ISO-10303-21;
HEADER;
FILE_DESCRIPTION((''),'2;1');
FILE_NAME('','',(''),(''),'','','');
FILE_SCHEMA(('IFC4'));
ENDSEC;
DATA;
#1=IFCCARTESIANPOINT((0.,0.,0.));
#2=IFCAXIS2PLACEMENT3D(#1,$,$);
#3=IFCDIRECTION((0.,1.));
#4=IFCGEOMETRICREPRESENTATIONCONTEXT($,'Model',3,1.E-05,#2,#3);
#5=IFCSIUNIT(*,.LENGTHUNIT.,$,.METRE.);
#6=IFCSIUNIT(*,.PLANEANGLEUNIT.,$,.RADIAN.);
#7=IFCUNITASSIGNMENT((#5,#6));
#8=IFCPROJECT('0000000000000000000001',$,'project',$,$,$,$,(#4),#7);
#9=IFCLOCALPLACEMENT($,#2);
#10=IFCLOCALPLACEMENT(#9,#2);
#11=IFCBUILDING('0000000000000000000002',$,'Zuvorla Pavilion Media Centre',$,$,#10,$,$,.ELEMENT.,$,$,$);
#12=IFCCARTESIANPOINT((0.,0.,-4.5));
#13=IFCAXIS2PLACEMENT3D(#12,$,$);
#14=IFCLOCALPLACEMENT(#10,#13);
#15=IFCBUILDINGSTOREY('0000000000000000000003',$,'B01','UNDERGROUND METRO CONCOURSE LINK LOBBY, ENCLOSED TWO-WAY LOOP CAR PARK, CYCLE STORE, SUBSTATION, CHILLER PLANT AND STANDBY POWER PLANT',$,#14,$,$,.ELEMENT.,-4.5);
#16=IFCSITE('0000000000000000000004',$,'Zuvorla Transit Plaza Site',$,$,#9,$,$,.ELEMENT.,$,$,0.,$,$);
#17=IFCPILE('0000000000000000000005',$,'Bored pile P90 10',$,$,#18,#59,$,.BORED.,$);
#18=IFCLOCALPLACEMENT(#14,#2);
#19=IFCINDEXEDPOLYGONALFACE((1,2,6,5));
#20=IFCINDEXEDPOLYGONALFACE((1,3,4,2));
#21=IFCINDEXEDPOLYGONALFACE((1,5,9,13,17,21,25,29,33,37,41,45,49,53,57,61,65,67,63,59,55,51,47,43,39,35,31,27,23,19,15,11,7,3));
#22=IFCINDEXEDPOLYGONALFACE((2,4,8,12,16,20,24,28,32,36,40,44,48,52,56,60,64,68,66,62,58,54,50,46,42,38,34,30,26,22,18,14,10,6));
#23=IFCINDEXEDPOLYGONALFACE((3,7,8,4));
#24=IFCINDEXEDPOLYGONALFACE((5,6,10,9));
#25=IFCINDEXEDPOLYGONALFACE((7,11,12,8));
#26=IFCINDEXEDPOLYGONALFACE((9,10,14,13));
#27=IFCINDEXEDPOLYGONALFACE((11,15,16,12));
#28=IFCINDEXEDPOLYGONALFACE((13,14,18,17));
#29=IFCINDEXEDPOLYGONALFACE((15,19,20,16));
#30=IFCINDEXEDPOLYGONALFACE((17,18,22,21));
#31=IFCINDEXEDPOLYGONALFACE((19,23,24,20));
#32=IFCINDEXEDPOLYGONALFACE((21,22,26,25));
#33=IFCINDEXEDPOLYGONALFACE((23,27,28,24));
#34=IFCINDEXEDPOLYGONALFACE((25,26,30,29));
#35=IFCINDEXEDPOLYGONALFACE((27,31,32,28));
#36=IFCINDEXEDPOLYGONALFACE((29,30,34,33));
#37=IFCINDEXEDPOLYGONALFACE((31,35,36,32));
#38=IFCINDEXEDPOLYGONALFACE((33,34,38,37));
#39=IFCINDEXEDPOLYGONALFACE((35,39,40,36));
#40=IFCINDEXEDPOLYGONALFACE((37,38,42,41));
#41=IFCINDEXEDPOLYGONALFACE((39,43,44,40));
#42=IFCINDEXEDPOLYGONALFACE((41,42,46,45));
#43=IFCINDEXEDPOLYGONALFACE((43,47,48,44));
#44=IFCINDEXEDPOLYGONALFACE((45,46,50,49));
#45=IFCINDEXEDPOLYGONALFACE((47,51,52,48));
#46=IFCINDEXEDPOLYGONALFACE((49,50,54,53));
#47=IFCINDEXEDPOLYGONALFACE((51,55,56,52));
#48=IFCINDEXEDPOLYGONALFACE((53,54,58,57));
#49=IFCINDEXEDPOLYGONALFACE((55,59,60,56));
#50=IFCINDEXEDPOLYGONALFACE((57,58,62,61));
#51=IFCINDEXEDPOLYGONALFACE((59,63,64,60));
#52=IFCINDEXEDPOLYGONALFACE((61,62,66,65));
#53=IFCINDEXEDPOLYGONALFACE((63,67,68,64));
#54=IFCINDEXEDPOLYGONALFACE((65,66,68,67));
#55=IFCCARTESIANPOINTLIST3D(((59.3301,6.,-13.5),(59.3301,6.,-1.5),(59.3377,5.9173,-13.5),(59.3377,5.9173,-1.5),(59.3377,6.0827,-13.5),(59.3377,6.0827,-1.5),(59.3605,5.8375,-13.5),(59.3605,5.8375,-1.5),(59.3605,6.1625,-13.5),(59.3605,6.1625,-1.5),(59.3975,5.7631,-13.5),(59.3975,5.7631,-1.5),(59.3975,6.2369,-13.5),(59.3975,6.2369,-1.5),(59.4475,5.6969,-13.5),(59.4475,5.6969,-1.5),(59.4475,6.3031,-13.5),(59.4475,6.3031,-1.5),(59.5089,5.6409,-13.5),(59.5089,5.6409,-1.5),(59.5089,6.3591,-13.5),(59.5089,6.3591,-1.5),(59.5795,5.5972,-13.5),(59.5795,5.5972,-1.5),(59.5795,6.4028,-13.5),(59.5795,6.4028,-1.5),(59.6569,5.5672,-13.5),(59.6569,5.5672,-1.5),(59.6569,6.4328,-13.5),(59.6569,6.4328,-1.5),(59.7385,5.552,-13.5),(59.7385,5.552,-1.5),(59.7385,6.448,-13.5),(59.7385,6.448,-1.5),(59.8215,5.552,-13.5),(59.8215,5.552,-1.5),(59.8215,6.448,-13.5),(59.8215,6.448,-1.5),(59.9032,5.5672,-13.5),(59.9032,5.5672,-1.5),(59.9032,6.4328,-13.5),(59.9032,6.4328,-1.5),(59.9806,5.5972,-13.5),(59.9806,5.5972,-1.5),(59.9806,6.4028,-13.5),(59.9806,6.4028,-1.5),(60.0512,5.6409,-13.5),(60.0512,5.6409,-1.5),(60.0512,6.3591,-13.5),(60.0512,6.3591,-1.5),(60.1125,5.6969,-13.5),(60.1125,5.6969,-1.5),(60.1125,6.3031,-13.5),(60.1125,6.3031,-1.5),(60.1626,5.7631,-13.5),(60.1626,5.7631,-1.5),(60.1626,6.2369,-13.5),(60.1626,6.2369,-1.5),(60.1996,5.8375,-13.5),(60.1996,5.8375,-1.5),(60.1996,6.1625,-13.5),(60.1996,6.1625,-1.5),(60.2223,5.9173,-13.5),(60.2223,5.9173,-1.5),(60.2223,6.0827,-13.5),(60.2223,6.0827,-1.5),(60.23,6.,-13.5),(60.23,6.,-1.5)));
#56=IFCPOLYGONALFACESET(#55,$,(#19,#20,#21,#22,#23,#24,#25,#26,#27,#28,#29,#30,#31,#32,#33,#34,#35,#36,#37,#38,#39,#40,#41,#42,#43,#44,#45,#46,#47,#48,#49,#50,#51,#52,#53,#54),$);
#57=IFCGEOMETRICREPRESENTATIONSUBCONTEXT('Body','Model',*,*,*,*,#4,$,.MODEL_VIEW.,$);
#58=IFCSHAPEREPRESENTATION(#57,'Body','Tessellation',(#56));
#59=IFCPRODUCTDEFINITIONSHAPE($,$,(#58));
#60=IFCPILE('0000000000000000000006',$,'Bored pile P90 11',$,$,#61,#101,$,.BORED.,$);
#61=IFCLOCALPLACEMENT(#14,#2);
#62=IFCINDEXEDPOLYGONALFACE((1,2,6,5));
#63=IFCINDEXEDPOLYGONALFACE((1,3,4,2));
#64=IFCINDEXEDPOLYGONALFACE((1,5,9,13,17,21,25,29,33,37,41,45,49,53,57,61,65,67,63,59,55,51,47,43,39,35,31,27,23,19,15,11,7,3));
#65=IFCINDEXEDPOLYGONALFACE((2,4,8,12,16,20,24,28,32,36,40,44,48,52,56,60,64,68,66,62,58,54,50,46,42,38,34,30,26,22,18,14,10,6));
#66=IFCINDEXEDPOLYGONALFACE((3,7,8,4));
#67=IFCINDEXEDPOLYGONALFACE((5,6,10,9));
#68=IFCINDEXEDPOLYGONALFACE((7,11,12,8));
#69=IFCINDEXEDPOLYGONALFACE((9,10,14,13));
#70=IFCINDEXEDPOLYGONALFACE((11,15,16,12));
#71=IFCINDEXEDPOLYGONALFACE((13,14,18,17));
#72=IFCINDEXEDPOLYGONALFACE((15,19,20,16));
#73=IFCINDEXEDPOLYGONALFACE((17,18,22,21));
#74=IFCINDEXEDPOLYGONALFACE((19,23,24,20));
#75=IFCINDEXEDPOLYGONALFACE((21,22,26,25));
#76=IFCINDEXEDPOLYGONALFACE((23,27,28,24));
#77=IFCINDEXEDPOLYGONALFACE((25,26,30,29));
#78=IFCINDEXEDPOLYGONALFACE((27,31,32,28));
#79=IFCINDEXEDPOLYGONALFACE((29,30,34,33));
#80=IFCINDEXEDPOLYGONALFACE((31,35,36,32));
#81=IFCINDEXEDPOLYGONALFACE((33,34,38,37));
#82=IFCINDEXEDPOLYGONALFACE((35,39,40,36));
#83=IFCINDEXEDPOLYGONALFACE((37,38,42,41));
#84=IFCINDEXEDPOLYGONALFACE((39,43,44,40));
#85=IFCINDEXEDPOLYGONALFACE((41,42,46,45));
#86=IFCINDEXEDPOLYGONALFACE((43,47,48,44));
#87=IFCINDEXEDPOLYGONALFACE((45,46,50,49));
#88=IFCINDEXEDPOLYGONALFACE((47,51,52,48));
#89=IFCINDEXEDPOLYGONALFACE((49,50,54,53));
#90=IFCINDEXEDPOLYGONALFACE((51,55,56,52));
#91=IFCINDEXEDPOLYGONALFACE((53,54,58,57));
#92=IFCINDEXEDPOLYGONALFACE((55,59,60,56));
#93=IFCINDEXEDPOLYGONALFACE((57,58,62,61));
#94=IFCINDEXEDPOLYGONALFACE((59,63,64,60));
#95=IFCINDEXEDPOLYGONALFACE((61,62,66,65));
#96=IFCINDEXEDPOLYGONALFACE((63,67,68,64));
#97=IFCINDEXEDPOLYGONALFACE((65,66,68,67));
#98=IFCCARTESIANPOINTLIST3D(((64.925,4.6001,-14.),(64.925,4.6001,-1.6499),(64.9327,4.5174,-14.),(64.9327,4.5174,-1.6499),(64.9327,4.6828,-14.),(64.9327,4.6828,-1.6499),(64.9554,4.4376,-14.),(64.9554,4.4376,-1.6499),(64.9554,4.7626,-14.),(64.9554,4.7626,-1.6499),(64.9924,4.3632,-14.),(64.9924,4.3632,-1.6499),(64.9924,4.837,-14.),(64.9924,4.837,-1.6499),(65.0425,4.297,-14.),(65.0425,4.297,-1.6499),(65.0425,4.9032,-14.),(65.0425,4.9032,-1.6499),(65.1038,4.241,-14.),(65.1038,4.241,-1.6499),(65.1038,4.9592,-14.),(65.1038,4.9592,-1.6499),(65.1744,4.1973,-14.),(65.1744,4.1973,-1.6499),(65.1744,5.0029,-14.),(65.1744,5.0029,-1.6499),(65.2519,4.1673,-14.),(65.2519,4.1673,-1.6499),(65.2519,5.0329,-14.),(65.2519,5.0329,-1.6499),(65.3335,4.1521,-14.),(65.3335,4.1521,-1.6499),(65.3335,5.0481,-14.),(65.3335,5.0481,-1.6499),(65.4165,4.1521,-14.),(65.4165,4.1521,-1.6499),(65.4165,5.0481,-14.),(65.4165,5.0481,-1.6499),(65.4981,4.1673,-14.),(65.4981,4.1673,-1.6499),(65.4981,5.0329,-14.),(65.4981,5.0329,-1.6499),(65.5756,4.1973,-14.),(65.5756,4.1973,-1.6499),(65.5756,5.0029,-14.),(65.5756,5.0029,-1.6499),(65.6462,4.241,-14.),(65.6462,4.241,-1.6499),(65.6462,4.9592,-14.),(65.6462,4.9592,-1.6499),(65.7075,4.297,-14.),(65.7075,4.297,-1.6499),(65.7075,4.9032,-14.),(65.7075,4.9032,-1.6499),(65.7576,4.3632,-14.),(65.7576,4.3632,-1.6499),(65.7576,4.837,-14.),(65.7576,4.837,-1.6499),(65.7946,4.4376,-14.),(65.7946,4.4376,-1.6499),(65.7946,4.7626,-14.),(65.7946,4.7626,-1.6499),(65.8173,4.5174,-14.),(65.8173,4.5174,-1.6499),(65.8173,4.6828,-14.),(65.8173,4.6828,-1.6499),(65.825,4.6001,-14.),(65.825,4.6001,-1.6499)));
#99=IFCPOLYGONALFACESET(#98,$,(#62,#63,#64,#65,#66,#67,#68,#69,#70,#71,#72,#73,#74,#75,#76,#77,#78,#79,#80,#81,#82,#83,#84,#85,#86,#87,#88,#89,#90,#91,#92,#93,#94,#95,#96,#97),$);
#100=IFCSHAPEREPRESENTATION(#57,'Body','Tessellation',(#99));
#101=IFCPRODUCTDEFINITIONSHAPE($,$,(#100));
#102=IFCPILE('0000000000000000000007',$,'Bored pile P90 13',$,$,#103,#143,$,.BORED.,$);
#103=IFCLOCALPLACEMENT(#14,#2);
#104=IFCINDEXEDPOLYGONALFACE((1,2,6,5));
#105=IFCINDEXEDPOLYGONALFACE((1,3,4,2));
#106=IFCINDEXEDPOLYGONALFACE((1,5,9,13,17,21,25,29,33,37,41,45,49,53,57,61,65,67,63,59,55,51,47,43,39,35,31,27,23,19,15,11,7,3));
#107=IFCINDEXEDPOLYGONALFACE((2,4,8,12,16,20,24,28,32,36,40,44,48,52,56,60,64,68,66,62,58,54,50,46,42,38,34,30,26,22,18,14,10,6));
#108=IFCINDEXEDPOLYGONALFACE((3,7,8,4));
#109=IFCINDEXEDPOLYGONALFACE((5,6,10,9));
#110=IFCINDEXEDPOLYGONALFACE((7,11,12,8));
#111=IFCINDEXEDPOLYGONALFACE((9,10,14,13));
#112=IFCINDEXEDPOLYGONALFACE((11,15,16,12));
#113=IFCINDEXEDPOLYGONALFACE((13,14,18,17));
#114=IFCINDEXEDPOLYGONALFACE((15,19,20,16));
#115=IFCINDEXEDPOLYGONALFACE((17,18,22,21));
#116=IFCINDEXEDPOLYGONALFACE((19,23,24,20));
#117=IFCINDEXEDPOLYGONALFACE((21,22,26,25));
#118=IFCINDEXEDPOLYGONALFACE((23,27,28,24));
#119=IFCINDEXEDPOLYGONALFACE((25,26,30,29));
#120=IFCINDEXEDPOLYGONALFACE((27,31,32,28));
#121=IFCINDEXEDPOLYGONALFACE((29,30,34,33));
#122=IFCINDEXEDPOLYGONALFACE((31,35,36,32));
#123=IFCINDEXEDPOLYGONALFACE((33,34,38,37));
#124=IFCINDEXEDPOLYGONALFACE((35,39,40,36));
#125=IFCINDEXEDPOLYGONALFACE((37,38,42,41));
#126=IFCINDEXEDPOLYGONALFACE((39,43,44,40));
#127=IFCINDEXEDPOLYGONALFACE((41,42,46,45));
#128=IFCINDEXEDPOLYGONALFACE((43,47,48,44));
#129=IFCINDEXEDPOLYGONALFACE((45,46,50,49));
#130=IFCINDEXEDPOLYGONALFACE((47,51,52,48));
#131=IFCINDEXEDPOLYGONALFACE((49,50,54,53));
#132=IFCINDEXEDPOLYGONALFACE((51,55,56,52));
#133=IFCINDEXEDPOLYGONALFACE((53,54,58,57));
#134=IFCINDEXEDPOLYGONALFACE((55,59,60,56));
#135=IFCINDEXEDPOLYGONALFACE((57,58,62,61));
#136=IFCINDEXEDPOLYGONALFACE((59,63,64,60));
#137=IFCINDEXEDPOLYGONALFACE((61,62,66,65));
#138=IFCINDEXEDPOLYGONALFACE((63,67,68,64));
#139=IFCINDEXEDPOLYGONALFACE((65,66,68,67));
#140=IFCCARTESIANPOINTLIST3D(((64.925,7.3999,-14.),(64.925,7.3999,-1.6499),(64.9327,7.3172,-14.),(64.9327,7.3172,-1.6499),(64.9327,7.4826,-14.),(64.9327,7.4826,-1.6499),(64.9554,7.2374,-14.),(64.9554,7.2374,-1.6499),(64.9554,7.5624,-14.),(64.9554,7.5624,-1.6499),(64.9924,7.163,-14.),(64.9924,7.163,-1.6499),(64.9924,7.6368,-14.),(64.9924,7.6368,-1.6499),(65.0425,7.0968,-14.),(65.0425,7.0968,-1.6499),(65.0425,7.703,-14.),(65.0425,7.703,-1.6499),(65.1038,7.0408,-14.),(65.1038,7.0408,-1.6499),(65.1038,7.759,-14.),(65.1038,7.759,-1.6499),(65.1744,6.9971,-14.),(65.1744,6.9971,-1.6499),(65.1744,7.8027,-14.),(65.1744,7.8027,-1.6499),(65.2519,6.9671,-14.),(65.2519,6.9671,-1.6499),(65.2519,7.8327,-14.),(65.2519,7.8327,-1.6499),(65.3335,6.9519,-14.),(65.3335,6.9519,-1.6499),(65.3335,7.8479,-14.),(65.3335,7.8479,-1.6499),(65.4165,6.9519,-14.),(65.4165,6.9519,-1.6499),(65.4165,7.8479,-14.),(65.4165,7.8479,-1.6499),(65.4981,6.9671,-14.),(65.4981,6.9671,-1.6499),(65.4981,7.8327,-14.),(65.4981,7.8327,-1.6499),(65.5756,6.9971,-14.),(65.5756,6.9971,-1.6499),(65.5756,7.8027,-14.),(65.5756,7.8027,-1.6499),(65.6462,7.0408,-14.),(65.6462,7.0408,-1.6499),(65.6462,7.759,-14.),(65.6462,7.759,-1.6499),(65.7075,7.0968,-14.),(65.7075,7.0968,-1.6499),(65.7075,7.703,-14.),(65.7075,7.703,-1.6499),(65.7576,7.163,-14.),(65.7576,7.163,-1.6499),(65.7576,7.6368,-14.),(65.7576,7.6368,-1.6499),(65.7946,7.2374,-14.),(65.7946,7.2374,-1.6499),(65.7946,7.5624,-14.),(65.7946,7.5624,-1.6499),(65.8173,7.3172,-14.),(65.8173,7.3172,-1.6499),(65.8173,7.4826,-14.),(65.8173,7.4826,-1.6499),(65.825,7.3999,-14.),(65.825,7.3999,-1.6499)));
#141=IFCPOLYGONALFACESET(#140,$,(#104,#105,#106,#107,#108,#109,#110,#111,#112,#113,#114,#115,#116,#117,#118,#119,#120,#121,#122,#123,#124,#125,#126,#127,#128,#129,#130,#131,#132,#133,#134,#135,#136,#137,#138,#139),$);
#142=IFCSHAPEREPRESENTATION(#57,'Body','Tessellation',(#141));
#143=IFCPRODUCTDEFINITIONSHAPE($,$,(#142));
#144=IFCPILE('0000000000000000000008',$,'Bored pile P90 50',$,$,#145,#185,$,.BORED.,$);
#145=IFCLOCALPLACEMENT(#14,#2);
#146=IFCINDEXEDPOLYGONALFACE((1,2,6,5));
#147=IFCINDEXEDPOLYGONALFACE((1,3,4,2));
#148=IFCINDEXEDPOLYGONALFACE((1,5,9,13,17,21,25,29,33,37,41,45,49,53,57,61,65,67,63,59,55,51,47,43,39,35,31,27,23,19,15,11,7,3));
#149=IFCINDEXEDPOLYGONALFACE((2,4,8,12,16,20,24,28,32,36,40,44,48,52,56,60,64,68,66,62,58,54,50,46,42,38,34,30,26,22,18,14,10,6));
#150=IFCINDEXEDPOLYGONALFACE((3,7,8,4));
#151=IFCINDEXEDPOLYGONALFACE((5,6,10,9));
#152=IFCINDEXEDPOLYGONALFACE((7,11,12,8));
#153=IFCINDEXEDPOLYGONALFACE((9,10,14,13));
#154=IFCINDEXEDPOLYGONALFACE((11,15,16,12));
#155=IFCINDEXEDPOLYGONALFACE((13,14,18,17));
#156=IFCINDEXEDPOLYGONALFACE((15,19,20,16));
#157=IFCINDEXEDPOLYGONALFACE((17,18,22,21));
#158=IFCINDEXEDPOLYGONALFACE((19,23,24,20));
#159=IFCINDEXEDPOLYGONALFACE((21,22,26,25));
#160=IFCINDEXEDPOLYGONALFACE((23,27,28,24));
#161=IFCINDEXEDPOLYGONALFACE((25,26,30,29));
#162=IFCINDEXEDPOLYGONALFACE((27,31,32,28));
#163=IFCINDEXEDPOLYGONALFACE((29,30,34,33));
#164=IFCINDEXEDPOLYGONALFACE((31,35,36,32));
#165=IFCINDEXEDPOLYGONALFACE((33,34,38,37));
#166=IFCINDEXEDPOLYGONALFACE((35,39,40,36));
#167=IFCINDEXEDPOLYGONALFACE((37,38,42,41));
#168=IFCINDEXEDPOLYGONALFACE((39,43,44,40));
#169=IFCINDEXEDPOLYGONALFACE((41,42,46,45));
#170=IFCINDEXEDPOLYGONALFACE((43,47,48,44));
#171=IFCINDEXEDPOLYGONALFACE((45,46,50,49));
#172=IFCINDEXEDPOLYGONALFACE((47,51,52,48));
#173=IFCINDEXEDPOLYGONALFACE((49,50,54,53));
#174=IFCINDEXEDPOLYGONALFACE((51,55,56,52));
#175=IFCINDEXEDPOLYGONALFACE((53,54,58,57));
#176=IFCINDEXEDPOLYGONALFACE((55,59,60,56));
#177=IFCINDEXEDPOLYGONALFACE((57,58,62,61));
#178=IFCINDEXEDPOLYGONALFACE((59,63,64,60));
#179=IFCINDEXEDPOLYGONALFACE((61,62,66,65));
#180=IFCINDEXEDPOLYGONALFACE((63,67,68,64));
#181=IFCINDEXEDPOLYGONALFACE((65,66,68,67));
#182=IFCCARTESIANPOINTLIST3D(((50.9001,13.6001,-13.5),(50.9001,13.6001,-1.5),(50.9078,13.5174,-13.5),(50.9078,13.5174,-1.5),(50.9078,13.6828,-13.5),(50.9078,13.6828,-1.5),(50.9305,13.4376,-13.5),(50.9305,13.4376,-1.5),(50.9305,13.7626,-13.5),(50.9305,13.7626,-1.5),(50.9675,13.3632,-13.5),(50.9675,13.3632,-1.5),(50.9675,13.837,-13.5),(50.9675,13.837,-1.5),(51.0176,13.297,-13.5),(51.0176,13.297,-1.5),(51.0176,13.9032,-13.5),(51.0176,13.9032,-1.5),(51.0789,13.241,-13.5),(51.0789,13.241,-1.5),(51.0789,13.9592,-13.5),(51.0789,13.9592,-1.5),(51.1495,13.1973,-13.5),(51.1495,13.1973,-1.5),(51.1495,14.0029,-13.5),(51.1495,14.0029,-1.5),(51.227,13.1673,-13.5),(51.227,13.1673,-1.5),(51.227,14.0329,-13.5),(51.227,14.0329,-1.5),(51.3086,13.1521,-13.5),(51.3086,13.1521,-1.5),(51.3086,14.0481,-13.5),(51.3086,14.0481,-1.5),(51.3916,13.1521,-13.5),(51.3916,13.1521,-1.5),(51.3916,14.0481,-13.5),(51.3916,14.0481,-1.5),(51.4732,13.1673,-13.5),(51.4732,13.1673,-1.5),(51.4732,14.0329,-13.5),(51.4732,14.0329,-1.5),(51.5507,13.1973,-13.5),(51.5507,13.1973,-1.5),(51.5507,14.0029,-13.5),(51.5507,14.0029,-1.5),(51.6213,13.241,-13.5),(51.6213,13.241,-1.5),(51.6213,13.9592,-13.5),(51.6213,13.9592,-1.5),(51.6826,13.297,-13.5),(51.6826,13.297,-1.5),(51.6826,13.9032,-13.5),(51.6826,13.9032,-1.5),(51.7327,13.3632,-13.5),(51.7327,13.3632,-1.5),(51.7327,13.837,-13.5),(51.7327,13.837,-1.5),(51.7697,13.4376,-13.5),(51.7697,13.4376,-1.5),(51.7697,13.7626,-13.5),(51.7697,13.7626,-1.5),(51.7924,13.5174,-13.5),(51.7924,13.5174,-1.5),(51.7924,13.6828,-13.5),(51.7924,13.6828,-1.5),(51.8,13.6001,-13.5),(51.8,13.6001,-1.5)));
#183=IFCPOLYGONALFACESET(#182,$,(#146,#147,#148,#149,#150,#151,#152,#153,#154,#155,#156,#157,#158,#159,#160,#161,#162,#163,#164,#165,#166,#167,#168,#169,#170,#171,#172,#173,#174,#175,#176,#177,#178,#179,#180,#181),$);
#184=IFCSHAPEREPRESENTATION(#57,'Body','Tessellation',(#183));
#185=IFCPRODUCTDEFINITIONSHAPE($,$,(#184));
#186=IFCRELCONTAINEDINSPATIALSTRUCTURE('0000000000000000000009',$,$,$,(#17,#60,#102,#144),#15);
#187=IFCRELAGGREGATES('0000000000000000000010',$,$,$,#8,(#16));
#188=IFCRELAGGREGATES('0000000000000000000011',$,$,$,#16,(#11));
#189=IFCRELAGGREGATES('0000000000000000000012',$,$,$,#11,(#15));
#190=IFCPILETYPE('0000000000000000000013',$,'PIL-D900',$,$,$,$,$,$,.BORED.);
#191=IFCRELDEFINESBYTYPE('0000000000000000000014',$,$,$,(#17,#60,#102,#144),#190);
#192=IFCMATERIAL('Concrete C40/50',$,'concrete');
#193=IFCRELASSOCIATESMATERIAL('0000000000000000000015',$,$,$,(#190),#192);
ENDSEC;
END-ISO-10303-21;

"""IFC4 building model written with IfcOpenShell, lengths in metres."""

from ifc_helpers import new_model, si_unit, direction, frame, origin, origin_2d, place, context, subcontext, project, spatial, circle, extrude, material, material_profile, profile_set, type_object, element, save


model = new_model("IFC4")

# Units and contexts
model_context = context("Model", 3, precision=1e-05, world=origin(), true_north=direction((0.0, 1.0)))
body_context = subcontext(model_context, "Body", "Model", "MODEL_VIEW")
ifc_project = project(units=[si_unit("LENGTHUNIT", "METRE"), si_unit("PLANEANGLEUNIT", "RADIAN")], contexts=[model_context])

# Site, building, storey
site_placement = place(None, origin())
site = spatial("IfcSite", under=ifc_project, at=site_placement, Name="Zuvorla Transit Plaza Site", CompositionType="ELEMENT", RefElevation=0.0)
building_placement = place(site_placement, origin())
building = spatial("IfcBuilding", under=site, at=building_placement, Name="Zuvorla Pavilion Media Centre", CompositionType="ELEMENT")
storey_placement = place(building_placement, frame((0.0, 0.0, -4.5)))
storey = spatial("IfcBuildingStorey", under=building, at=storey_placement, Name="B01", Description="UNDERGROUND METRO CONCOURSE LINK LOBBY, ENCLOSED TWO-WAY LOOP CAR PARK, CYCLE STORE, SUBSTATION, CHILLER PLANT AND STANDBY POWER PLANT", CompositionType="ELEMENT", Elevation=-4.5)

# Shared definitions
ifc_material_1 = material(Name="Concrete C40/50", Category="concrete")

# Piles
ifc_material_profile_1 = material_profile(ifc_material_1, circle(Radius=0.45, at=origin_2d()), Name="BORED PILE 900")
ifc_profile_set_1 = profile_set([ifc_material_profile_1], Name="Concrete C40/50")
pile_type = type_object("IfcPileType", Name="PIL-D900", PredefinedType="BORED", material=ifc_profile_set_1)
for number, where, z_axis, x_axis, name in (
    (1, (59.78, 6.0, -1.5), (0.0, 0.0, -1.0), (1.0, 0.0, 0.0), "Bored pile P90 10"),
):
    element("IfcPile", number, at=place(storey_placement, frame(where, z_axis=z_axis, x_axis=x_axis)), inside=storey, type_object=pile_type, Name=name, PredefinedType="BORED", context=body_context, shape_type="SweptSolid", body=[
        extrude(circle(Radius=0.45, at=origin_2d()), origin(), (0.0, 0.0, 1.0), 12.0),
    ])
for number, where, z_axis, x_axis, name in (
    (2, (65.375, 4.6001, -1.6499), (0.0, 0.0, -1.0), (1.0, 0.0, 0.0), "Bored pile P90 11"),
    (3, (65.375, 7.3999, -1.6499), (0.0, 0.0, -1.0), (1.0, 0.0, 0.0), "Bored pile P90 13"),
):
    element("IfcPile", number, at=place(storey_placement, frame(where, z_axis=z_axis, x_axis=x_axis)), inside=storey, type_object=pile_type, Name=name, PredefinedType="BORED", context=body_context, shape_type="SweptSolid", body=[
        extrude(circle(Radius=0.45, at=origin_2d()), origin(), (0.0, 0.0, 1.0), 12.3501),
    ])
for number, where, z_axis, x_axis, name in (
    (4, (51.3501, 13.6001, -1.5), (0.0, 0.0, -1.0), (1.0, 0.0, 0.0), "Bored pile P90 50"),
):
    element("IfcPile", number, at=place(storey_placement, frame(where, z_axis=z_axis, x_axis=x_axis)), inside=storey, type_object=pile_type, Name=name, PredefinedType="BORED", context=body_context, shape_type="SweptSolid", body=[
        extrude(circle(Radius=0.45, at=origin_2d()), origin(), (0.0, 0.0, 1.0), 12.0),
    ])

save(model, "model.ifc")
